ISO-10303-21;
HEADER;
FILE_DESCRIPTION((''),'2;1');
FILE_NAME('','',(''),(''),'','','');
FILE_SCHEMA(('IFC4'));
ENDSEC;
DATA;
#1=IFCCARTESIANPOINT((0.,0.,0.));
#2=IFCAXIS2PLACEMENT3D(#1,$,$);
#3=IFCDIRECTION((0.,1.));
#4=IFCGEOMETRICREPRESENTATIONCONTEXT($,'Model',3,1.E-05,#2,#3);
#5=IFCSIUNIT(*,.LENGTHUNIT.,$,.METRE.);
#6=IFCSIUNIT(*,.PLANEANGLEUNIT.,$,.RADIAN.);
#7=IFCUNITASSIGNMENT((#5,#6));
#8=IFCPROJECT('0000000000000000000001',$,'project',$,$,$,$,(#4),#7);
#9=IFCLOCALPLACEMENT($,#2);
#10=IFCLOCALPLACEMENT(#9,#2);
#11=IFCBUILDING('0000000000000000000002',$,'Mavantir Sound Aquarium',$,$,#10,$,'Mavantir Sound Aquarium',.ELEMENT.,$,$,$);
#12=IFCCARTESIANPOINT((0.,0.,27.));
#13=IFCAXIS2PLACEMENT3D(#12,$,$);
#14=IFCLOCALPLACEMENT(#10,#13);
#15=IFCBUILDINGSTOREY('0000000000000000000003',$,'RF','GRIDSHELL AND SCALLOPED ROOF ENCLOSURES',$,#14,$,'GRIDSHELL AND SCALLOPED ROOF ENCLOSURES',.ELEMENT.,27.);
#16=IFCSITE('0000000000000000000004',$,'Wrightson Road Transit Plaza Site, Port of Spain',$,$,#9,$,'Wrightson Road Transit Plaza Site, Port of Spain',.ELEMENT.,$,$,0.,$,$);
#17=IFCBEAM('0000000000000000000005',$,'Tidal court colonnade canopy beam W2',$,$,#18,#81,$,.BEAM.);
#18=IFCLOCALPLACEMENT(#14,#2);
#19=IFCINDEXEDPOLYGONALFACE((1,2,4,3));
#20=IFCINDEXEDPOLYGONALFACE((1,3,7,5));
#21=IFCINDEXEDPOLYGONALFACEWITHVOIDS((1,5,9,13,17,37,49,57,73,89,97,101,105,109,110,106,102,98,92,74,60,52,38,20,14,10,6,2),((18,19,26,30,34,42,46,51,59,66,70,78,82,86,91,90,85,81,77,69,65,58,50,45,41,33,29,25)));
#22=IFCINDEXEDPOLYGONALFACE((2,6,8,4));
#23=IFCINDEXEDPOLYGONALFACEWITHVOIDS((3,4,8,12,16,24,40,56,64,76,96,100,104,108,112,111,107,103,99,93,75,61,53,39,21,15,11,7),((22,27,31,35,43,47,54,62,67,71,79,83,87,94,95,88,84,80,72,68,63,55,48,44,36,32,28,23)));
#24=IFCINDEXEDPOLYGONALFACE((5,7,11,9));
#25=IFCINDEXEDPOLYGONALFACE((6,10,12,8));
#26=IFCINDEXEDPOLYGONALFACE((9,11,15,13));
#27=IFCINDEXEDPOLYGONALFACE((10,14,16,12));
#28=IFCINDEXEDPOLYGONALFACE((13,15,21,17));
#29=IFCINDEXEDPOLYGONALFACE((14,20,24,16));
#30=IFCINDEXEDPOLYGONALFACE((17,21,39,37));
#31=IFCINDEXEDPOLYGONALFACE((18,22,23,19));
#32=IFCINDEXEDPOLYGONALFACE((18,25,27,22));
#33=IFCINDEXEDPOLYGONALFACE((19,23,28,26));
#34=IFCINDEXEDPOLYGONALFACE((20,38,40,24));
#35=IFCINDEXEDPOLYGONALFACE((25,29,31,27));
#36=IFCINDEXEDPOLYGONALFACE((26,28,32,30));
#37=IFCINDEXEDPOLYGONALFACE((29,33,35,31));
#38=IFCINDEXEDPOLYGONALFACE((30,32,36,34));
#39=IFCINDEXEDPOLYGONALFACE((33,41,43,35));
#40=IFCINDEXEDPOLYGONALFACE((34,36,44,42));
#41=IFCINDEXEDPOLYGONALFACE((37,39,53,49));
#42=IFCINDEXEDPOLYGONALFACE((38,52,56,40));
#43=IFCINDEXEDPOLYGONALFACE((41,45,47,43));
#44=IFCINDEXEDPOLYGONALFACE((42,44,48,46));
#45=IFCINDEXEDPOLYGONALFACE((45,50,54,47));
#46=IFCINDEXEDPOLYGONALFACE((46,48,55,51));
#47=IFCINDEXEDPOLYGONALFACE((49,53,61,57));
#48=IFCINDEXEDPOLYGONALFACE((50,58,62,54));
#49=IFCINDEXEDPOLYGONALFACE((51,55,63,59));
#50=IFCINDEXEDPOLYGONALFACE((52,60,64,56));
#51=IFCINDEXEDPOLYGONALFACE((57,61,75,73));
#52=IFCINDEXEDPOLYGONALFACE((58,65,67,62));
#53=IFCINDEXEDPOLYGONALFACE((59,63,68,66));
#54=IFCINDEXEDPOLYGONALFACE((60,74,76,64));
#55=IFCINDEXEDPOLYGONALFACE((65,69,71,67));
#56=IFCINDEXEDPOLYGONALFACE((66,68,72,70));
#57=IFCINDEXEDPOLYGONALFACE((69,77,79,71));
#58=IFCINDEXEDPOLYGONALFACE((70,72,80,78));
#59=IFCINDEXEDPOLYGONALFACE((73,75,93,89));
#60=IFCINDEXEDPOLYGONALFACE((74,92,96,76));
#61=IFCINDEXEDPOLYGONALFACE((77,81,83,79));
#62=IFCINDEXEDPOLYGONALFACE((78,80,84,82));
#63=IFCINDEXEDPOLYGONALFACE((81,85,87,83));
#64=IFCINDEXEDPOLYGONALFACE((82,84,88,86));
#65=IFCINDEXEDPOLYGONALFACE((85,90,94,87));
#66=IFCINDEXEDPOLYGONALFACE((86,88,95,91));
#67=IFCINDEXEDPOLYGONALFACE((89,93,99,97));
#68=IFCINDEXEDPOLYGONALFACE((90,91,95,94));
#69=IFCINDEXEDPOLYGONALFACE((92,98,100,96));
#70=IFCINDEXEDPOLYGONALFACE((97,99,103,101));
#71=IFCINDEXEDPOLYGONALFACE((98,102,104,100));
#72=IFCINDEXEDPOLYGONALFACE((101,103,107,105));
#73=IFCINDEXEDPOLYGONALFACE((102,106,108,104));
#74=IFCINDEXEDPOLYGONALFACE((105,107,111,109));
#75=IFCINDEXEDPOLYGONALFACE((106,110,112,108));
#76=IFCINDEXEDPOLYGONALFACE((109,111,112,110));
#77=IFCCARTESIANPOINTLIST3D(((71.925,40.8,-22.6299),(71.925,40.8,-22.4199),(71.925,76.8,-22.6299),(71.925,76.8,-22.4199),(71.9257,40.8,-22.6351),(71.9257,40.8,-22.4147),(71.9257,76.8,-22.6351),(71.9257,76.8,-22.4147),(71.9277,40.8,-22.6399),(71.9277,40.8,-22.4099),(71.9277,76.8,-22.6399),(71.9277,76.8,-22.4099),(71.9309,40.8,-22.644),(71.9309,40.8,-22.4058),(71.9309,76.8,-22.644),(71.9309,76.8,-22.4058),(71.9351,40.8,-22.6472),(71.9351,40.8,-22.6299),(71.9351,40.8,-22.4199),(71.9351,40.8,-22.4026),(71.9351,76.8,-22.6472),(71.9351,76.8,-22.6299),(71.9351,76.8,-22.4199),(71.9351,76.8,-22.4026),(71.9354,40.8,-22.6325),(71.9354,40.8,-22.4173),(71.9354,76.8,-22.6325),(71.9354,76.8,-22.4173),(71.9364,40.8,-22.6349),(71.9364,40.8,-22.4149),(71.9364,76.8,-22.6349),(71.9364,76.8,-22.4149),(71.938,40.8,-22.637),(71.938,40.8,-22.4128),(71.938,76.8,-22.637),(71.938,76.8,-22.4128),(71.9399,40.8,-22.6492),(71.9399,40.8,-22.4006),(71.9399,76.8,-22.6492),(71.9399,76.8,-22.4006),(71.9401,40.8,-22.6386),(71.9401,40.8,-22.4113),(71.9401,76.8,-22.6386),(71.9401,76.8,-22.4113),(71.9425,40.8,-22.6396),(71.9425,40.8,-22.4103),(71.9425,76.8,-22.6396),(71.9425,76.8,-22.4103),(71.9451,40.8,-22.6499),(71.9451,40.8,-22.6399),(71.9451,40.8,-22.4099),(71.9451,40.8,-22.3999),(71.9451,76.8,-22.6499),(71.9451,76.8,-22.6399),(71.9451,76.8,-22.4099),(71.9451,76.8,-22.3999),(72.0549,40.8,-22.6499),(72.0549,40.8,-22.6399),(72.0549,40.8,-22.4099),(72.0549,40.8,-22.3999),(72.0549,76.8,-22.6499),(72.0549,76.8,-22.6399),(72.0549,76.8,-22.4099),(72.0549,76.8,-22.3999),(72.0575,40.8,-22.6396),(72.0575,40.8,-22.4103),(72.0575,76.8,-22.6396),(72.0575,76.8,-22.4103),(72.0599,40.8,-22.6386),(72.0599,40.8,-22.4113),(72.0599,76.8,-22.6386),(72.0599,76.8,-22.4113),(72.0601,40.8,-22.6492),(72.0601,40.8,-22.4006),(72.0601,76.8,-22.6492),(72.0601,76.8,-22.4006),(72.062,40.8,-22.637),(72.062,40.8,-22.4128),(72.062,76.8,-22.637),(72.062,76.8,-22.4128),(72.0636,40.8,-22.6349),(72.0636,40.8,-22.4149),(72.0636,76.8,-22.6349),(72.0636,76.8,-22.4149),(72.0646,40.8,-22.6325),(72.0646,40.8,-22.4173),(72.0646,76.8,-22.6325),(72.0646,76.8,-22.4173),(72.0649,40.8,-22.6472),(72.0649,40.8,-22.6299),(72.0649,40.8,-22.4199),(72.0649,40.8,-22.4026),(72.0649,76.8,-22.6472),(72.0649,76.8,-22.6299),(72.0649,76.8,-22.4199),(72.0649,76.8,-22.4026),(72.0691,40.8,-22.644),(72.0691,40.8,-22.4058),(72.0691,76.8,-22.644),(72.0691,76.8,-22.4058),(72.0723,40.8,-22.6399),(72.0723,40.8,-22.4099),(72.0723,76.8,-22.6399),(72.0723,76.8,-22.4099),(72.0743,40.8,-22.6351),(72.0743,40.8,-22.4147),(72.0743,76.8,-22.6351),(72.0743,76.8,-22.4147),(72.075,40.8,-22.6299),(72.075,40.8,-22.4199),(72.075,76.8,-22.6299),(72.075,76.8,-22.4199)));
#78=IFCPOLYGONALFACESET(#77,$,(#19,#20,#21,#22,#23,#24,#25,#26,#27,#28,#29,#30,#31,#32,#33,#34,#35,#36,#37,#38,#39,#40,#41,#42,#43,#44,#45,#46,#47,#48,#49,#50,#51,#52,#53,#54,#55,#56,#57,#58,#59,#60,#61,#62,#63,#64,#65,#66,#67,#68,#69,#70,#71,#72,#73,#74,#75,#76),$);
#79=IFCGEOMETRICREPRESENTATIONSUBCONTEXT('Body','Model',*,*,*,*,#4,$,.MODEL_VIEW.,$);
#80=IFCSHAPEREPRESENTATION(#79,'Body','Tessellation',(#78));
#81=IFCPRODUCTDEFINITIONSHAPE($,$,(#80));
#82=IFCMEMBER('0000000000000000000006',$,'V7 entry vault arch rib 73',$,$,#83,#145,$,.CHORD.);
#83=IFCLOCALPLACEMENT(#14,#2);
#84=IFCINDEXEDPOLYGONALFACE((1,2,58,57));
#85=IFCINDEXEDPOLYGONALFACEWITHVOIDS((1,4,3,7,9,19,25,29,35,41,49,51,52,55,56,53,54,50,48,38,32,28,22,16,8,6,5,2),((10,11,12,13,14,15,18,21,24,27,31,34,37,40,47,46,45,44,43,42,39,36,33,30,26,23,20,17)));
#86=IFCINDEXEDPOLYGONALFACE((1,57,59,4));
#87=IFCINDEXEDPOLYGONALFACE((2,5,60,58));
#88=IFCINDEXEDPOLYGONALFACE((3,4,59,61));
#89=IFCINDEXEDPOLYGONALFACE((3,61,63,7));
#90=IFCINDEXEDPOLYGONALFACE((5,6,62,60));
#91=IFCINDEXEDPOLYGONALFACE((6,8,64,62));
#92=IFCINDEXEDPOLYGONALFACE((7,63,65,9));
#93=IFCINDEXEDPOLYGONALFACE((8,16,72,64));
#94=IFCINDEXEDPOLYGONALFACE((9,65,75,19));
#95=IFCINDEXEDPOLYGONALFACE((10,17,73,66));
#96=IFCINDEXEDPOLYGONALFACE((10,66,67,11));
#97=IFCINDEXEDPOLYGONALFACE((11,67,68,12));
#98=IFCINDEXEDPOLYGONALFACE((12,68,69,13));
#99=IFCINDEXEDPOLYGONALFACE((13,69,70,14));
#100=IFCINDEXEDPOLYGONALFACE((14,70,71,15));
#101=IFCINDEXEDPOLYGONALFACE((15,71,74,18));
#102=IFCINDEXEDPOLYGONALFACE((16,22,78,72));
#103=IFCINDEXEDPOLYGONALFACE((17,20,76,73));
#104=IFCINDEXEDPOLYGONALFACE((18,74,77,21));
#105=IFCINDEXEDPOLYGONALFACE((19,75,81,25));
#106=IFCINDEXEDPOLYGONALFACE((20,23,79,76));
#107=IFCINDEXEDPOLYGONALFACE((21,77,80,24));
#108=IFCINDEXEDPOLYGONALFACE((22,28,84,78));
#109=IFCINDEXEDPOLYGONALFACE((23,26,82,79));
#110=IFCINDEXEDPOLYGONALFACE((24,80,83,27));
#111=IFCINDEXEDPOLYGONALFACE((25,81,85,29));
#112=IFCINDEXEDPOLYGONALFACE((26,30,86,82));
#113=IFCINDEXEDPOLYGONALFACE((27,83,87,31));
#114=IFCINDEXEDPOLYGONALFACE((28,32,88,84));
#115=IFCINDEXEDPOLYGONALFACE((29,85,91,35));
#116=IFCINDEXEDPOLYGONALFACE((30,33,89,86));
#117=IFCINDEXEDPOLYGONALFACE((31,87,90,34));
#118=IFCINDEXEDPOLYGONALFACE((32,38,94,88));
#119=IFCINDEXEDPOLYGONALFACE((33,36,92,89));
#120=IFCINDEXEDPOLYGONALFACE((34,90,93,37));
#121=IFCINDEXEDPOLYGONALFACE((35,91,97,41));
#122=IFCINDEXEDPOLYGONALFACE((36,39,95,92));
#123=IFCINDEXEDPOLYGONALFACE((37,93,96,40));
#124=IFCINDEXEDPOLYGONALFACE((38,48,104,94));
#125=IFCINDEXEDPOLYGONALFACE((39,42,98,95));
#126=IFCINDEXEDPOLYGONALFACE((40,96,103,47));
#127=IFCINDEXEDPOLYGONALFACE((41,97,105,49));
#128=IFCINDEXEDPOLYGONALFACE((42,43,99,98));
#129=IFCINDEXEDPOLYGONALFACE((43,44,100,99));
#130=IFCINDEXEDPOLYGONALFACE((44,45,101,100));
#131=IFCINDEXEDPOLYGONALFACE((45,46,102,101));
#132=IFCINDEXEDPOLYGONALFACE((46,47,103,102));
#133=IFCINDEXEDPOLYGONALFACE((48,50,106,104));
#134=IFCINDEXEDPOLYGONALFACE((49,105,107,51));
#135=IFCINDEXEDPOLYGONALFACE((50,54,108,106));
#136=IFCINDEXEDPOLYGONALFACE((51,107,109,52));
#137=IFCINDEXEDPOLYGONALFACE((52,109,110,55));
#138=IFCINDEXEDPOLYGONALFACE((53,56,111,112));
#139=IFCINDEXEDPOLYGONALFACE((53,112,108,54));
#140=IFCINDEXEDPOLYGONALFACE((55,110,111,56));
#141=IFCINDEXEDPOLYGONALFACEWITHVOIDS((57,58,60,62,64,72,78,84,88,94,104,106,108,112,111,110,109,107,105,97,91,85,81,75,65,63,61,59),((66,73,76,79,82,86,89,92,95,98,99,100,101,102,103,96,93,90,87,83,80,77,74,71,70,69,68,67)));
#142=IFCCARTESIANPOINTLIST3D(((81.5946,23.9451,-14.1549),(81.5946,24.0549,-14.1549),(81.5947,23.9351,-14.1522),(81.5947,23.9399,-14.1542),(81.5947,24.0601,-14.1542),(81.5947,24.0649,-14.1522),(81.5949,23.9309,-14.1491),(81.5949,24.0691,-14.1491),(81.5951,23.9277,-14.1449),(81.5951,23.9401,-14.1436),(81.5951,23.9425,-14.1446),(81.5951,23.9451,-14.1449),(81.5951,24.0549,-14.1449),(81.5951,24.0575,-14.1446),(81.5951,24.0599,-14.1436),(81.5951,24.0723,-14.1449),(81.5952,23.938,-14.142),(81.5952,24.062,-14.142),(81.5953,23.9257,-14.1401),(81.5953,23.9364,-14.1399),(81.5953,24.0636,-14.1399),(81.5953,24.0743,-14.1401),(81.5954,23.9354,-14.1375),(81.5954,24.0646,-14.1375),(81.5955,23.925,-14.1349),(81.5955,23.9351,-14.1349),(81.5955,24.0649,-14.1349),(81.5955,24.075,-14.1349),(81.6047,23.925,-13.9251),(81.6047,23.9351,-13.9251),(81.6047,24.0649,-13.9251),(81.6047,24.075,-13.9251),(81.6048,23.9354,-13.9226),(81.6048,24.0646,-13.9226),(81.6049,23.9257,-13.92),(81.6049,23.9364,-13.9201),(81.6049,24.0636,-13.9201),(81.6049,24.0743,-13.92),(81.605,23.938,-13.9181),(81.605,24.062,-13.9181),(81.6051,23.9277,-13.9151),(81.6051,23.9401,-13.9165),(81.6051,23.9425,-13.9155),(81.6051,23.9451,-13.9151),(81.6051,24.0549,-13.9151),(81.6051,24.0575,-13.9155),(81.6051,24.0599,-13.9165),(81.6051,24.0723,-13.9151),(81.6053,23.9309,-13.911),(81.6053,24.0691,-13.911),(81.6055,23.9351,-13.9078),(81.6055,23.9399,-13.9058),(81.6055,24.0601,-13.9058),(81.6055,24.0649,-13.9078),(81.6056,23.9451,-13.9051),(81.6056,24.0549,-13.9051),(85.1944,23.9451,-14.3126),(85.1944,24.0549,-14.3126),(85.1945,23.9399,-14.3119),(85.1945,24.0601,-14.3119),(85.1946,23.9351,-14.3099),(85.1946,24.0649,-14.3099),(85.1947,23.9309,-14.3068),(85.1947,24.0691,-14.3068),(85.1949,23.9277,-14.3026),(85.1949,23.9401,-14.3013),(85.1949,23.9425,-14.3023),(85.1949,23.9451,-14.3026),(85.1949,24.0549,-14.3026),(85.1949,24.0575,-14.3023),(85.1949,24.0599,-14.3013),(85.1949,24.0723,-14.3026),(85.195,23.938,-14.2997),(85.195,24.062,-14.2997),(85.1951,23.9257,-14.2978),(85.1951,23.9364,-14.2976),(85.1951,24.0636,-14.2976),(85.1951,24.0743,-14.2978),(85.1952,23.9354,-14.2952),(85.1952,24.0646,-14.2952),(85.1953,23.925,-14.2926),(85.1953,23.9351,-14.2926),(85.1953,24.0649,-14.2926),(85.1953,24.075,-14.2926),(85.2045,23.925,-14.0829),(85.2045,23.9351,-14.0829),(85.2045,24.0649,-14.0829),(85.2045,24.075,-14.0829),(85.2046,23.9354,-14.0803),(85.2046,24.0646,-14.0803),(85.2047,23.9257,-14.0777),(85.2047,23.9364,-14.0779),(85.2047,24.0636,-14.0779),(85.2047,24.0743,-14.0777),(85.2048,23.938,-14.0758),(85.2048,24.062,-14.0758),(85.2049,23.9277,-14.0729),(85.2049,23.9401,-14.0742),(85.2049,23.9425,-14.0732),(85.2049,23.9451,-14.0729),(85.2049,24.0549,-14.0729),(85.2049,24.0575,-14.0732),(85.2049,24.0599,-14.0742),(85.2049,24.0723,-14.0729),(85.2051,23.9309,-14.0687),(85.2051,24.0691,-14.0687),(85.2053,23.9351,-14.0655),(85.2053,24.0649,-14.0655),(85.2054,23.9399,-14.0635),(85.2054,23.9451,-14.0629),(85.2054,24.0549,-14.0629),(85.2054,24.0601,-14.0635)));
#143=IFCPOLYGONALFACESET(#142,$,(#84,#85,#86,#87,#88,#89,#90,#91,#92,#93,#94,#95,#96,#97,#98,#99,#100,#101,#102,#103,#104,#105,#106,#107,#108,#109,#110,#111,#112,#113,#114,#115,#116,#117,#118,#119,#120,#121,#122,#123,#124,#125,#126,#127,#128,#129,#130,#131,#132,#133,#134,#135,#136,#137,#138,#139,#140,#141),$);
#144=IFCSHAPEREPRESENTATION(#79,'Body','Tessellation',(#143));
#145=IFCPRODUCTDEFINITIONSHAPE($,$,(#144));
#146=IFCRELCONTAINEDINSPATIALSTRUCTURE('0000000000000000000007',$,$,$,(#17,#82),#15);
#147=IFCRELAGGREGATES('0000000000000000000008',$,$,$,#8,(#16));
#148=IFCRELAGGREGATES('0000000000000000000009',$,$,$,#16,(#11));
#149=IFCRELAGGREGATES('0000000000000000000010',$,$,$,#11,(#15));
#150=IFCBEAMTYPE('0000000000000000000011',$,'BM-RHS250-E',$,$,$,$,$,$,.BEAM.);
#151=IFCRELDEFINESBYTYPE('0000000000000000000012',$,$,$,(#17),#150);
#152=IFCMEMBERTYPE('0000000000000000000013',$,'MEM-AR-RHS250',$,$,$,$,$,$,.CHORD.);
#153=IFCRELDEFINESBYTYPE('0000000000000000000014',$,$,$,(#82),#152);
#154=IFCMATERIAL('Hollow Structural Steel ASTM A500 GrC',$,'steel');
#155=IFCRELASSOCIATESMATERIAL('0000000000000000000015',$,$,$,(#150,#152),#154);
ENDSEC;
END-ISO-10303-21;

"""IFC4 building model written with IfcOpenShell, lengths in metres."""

from ifc_helpers import new_model, si_unit, direction, frame, origin, origin_2d, place, context, subcontext, project, spatial, hollow_rectangle, extrude, material, material_profile, profile_set, type_object, element, save


model = new_model("IFC4")

# Units and contexts
model_context = context("Model", 3, precision=1e-05, world=origin(), true_north=direction((0.0, 1.0)))
body_context = subcontext(model_context, "Body", "Model", "MODEL_VIEW")
ifc_project = project(units=[si_unit("LENGTHUNIT", "METRE"), si_unit("PLANEANGLEUNIT", "RADIAN")], contexts=[model_context])

# Site, building, storey
site_placement = place(None, origin())
site = spatial("IfcSite", under=ifc_project, at=site_placement, Name="Wrightson Road Transit Plaza Site, Port of Spain", LongName="Wrightson Road Transit Plaza Site, Port of Spain", CompositionType="ELEMENT", RefElevation=0.0)
building_placement = place(site_placement, origin())
building = spatial("IfcBuilding", under=site, at=building_placement, Name="Mavantir Sound Aquarium", LongName="Mavantir Sound Aquarium", CompositionType="ELEMENT")
storey_placement = place(building_placement, frame((0.0, 0.0, 27.0)))
storey = spatial("IfcBuildingStorey", under=building, at=storey_placement, Name="RF", Description="GRIDSHELL AND SCALLOPED ROOF ENCLOSURES", LongName="GRIDSHELL AND SCALLOPED ROOF ENCLOSURES", CompositionType="ELEMENT", Elevation=27.0)

# Beam
ifc_material_1 = material(Name="Hollow Structural Steel ASTM A500 GrC", Category="steel")
ifc_material_profile_1 = material_profile(ifc_material_1, hollow_rectangle(XDim=0.1499, YDim=0.25, WallThickness=0.01, InnerFilletRadius=0.01, OuterFilletRadius=0.02, at=origin_2d()), Name="RHS 250X150X10")
ifc_profile_set_1 = profile_set([ifc_material_profile_1], Name="Hollow Structural Steel ASTM A500 GrC")
beam_type = type_object("IfcBeamType", Name="BM-RHS250-E", PredefinedType="BEAM", material=ifc_profile_set_1)
beam_placement = place(storey_placement, frame((72.0, 40.8, -22.5249), z_axis=(0.0, 1.0, 0.0), x_axis=(-1.0, 0.0, 0.0)))
element("IfcBeam", 1, at=beam_placement, inside=storey, type_object=beam_type, Name="Tidal court colonnade canopy beam W2", PredefinedType="BEAM", context=body_context, shape_type="SweptSolid", body=[
    extrude(hollow_rectangle(XDim=0.1499, YDim=0.25, WallThickness=0.01, InnerFilletRadius=0.01, OuterFilletRadius=0.02, at=origin_2d()), origin(), (0.0, 0.0, 1.0), 36.0),
])

# Member
ifc_material_profile_2 = material_profile(ifc_material_1, hollow_rectangle(XDim=0.1499, YDim=0.25, WallThickness=0.01, InnerFilletRadius=0.01, OuterFilletRadius=0.02, at=origin_2d()), Name="RHS 250X150X10")
ifc_profile_set_2 = profile_set([ifc_material_profile_2], Name="Hollow Structural Steel ASTM A500 GrC")
member_type_1 = type_object("IfcMemberType", Name="MEM-AR-RHS250", PredefinedType="CHORD", material=ifc_profile_set_2)
member_1_placement = place(storey_placement, frame((81.6001, 24.0, -14.03), z_axis=(0.999042, 0.0, -0.043769), x_axis=(0.0, 1.0, 0.0)))
element("IfcMember", 2, at=member_1_placement, inside=storey, type_object=member_type_1, Name="V7 entry vault arch rib 73", PredefinedType="CHORD", context=body_context, shape_type="SweptSolid", body=[
    extrude(hollow_rectangle(XDim=0.1499, YDim=0.25, WallThickness=0.01, InnerFilletRadius=0.01, OuterFilletRadius=0.02, at=origin_2d()), origin(), (0.0, 0.0, 1.0), 3.6033),
])

save(model, "model.ifc")
